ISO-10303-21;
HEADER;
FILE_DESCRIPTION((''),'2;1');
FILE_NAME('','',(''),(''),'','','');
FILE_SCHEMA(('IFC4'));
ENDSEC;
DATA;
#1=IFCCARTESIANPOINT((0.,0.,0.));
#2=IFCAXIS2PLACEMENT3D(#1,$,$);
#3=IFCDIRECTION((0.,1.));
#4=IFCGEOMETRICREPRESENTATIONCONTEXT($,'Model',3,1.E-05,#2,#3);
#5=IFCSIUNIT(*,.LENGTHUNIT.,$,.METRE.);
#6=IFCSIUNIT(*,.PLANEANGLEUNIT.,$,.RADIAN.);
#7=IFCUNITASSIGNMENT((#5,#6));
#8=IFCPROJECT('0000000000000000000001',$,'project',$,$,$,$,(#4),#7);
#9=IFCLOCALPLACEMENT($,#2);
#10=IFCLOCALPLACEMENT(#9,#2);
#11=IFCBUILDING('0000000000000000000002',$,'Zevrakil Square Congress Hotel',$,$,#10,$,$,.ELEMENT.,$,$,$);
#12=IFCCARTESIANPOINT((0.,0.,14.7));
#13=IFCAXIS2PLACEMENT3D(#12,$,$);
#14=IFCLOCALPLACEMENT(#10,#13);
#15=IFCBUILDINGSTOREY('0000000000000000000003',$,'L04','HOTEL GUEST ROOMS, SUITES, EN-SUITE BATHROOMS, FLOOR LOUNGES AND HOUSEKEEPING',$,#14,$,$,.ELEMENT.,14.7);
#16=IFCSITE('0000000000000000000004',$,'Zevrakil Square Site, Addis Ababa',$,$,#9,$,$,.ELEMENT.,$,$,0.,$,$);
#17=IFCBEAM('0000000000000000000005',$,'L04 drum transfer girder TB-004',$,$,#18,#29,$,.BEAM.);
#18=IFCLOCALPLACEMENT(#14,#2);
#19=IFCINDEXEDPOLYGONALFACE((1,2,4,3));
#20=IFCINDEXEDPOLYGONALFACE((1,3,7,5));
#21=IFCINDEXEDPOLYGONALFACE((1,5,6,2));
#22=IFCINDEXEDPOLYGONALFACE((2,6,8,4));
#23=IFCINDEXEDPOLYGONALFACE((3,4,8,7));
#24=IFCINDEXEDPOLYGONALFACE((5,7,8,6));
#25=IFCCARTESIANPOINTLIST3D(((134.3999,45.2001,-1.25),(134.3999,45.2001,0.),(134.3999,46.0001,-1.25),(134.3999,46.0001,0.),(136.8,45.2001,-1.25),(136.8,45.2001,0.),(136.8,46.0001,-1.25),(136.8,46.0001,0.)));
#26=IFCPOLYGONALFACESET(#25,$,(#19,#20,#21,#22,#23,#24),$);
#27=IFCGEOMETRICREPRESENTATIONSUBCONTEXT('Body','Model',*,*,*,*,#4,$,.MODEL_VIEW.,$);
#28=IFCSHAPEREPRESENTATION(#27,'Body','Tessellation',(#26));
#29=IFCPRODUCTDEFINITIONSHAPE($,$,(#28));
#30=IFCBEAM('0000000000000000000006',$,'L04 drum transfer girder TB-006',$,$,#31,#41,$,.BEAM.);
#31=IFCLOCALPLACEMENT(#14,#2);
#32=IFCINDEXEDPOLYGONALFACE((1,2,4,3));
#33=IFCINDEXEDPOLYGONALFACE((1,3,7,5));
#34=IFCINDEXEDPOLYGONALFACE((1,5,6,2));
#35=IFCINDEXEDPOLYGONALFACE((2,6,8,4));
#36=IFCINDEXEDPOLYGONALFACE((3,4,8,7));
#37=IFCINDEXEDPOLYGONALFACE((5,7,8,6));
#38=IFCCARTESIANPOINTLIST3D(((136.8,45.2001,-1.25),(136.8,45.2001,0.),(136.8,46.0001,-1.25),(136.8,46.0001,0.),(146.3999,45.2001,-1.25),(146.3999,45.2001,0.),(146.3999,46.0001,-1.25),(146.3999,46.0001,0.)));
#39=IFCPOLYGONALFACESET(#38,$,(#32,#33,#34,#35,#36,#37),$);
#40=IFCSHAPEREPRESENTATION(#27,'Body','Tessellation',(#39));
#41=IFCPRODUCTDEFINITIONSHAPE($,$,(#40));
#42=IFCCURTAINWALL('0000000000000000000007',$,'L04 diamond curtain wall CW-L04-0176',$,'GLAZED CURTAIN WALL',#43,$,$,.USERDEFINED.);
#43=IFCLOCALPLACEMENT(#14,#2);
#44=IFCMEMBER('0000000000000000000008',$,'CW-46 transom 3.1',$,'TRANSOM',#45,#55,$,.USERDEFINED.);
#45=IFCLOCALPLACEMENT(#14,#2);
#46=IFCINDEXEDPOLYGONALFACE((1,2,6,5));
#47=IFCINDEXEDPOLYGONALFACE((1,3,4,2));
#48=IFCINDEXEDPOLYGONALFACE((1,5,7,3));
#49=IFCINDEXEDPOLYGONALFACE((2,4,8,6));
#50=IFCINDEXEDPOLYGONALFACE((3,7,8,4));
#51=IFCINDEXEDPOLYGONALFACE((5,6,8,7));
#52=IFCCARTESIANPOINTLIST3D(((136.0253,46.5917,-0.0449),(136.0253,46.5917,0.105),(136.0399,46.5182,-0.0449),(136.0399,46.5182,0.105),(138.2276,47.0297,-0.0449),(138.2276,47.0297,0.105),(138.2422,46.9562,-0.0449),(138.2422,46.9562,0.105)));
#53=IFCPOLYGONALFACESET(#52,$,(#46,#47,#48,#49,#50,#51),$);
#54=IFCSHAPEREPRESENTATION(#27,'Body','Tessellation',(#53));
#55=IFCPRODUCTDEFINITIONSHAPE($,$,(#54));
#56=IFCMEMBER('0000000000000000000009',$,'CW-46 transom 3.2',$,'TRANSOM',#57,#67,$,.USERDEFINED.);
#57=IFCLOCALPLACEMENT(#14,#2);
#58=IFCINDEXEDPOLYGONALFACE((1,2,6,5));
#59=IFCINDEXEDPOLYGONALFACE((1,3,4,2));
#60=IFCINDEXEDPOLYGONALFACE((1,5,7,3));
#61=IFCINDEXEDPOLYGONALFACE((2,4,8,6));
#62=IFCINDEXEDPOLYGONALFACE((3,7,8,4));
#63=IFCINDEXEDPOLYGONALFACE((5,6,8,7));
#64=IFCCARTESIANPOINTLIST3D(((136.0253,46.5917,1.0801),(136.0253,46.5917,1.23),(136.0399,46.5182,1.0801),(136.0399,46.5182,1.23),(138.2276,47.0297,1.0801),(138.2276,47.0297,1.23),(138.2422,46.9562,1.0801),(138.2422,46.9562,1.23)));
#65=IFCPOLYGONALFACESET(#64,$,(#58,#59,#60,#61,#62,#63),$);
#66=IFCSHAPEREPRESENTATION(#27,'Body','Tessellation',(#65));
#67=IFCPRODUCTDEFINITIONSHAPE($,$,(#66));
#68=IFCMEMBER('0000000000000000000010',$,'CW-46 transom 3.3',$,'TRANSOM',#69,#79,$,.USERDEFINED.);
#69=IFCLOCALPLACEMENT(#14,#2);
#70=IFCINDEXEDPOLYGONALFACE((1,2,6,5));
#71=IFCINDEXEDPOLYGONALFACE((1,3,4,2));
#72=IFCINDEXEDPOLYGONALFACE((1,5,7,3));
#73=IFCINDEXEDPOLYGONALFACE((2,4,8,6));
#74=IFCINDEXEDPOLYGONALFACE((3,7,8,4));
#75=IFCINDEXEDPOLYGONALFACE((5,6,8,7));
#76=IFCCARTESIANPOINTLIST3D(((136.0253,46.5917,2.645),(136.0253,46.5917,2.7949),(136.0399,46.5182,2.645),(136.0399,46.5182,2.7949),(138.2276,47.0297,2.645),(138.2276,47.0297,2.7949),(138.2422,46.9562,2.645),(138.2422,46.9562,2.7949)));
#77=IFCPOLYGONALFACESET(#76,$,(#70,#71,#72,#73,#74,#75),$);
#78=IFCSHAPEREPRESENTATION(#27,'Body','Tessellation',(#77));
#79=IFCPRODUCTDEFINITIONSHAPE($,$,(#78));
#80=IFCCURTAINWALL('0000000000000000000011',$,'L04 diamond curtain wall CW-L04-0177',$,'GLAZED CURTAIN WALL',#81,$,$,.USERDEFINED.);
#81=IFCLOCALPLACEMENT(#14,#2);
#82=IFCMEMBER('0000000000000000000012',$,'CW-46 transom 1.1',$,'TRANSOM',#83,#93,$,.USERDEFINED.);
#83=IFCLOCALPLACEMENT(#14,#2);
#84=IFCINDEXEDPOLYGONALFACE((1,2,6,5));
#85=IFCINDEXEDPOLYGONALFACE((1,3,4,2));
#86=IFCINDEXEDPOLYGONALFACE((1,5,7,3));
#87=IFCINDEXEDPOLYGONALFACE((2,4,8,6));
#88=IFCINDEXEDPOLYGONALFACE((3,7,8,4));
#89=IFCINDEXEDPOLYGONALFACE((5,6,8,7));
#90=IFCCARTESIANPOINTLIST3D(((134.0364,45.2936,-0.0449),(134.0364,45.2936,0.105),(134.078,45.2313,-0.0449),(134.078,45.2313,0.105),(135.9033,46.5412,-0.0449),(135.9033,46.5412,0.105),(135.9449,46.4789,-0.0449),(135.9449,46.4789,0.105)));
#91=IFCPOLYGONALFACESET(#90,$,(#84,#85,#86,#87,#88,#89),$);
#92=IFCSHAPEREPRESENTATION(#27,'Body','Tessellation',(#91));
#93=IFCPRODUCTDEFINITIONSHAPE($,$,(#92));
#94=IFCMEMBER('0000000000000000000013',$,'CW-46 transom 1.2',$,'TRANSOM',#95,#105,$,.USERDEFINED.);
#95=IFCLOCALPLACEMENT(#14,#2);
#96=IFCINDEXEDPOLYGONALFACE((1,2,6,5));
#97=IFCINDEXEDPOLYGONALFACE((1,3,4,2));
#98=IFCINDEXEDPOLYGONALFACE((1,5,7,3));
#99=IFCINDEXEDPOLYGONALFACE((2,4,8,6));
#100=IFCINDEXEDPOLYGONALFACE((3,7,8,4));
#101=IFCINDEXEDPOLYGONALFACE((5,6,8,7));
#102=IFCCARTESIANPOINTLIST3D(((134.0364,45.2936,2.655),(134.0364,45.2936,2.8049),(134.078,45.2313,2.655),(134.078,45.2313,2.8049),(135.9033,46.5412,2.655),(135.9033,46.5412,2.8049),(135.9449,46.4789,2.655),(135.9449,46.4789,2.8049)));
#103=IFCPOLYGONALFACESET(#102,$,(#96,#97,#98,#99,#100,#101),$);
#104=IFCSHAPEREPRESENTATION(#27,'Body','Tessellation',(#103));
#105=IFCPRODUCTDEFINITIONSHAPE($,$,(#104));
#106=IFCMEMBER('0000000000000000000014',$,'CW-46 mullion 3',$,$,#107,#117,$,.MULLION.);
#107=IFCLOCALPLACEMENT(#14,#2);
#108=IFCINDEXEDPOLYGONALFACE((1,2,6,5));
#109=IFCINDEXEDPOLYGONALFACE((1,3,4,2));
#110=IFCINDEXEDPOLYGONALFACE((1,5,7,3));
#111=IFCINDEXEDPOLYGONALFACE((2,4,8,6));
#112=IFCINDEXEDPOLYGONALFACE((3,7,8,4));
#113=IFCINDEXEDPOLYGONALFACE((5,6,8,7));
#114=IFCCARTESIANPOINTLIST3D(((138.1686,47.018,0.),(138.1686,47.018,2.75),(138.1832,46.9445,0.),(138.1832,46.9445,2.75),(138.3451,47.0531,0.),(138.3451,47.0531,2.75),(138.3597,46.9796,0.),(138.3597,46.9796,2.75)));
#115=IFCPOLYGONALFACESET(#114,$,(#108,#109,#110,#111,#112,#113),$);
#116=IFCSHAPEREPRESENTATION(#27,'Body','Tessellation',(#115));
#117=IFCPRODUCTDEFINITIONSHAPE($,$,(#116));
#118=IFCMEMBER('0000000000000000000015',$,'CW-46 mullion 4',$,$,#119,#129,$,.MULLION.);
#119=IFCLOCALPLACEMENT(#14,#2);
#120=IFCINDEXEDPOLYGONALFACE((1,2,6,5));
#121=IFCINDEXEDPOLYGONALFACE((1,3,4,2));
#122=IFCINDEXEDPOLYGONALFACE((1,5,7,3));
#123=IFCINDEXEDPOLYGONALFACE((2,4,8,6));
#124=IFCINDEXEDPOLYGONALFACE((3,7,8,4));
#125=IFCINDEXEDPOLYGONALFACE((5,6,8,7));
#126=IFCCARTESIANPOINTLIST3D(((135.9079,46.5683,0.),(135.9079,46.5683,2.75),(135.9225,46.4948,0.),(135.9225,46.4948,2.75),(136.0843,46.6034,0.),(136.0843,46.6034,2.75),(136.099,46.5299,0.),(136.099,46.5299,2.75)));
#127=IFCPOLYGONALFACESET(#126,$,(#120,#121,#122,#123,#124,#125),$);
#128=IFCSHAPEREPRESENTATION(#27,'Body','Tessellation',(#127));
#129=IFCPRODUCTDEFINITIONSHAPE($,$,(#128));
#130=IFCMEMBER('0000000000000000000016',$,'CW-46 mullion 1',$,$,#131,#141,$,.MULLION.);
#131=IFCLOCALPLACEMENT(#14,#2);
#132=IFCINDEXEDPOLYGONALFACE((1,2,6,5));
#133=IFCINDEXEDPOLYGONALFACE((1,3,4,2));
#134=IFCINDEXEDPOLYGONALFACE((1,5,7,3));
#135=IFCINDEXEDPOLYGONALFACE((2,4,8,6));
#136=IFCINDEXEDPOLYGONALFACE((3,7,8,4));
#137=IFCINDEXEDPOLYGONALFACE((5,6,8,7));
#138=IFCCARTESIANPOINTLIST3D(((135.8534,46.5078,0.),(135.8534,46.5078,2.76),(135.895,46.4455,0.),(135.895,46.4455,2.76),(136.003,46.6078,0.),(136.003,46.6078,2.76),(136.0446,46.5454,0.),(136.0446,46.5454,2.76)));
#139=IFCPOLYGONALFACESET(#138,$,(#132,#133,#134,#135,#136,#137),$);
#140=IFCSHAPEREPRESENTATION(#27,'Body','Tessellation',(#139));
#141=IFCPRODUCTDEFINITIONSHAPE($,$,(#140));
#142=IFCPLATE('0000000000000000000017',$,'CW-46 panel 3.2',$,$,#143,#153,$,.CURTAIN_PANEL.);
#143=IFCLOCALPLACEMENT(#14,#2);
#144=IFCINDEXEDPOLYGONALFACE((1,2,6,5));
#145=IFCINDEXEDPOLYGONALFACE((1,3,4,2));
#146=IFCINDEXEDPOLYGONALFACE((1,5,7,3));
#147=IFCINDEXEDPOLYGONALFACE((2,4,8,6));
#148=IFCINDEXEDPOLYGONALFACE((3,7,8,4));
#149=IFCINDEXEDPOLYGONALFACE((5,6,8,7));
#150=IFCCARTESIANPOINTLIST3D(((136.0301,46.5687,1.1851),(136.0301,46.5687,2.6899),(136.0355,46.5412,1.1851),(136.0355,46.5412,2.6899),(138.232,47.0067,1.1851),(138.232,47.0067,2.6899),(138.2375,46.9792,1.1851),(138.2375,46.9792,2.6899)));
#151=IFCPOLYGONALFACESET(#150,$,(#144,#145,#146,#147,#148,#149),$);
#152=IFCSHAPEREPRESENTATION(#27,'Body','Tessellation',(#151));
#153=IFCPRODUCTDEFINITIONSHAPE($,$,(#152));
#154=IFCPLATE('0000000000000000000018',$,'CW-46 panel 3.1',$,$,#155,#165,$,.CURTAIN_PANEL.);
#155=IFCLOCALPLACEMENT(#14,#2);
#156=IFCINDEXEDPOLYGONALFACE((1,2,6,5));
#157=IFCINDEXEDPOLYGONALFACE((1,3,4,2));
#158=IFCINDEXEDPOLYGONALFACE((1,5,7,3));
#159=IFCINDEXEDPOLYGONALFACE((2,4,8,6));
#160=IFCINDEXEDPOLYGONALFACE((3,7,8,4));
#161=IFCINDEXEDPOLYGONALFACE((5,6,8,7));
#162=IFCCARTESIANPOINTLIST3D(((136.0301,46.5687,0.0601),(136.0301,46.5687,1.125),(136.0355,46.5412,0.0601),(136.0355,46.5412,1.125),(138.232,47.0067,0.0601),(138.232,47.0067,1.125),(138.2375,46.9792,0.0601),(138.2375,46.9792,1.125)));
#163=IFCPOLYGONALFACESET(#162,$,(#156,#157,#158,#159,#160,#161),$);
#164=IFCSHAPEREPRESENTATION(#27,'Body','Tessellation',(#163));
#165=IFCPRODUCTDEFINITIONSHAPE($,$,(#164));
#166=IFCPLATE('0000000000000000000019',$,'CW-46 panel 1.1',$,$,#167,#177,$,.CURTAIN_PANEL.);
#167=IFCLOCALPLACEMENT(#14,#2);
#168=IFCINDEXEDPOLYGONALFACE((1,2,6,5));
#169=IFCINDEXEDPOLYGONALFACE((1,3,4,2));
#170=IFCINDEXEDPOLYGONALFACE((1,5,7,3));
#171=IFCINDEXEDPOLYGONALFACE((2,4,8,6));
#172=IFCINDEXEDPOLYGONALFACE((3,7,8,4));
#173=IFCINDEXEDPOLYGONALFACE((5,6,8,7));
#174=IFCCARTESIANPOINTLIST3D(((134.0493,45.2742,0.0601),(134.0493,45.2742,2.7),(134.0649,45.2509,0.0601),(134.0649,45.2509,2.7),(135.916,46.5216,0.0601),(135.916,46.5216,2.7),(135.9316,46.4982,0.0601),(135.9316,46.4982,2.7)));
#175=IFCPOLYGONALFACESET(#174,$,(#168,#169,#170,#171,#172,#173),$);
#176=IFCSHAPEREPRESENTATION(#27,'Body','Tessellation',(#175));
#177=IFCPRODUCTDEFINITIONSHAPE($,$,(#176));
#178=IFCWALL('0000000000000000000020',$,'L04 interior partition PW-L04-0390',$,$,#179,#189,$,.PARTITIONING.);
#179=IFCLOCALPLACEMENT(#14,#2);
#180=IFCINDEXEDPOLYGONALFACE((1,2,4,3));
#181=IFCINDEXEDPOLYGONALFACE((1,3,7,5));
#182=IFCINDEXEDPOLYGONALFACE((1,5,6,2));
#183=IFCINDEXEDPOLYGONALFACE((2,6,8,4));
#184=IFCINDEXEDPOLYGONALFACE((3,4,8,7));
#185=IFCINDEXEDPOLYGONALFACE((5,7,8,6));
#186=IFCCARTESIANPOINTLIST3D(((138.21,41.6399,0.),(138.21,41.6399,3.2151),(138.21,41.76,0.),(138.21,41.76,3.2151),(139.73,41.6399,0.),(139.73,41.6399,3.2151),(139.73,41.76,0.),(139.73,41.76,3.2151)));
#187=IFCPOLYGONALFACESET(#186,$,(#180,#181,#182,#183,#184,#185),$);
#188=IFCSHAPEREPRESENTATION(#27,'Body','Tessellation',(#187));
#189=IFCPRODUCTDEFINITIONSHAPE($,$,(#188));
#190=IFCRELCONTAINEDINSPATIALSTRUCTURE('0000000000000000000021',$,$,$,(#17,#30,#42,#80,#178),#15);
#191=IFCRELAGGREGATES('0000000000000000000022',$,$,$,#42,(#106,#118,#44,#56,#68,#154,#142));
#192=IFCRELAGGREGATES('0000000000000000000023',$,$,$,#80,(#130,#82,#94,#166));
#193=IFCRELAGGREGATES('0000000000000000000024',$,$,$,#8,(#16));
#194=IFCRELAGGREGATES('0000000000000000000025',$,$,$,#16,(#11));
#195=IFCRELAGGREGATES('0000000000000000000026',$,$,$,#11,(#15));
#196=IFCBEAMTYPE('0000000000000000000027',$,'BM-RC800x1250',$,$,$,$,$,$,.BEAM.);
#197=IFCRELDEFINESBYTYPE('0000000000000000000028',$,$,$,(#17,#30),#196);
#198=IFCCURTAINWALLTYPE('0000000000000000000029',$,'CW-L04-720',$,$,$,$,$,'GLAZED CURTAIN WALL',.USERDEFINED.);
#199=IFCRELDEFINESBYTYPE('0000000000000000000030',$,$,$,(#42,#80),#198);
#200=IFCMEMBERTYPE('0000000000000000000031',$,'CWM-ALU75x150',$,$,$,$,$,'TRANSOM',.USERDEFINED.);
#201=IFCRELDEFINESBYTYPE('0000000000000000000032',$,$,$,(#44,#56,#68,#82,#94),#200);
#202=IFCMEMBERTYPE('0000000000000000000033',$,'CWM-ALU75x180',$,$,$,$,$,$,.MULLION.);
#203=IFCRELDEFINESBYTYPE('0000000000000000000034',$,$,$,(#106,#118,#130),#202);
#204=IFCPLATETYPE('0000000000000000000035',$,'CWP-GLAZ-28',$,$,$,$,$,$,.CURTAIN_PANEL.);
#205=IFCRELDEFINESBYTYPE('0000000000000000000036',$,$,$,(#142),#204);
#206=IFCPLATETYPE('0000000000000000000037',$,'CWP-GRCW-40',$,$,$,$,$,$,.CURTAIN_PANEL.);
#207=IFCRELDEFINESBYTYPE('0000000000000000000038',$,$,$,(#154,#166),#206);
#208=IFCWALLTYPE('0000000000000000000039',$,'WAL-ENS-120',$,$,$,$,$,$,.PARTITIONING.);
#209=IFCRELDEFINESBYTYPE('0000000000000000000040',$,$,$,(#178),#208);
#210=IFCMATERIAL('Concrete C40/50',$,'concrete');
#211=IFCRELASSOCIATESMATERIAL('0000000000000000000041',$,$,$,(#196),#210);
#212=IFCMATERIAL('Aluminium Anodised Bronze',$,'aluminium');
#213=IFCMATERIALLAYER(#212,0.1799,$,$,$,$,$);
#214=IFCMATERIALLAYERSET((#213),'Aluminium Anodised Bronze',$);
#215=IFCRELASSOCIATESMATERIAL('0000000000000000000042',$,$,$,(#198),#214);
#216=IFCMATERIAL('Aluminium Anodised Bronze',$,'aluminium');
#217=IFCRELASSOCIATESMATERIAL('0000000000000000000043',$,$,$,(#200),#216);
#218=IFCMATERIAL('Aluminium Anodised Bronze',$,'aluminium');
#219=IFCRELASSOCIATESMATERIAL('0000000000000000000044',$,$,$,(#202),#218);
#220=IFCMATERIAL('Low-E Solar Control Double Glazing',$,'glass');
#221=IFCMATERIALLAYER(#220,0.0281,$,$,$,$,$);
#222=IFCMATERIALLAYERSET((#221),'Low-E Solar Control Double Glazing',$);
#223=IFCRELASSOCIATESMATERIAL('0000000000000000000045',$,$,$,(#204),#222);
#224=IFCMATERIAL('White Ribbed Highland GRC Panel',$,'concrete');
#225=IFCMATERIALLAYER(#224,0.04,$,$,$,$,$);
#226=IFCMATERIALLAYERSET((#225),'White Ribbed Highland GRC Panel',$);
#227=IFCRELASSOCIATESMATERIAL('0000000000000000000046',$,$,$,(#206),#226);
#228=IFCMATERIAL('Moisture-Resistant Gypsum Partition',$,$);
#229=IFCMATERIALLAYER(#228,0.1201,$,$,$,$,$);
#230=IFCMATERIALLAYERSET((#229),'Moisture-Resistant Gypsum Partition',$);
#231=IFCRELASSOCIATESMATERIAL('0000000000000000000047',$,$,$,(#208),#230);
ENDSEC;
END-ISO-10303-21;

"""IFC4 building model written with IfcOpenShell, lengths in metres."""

from ifc_helpers import new_model, si_unit, direction, frame, frame_2d, origin, origin_2d, place, context, subcontext, project, spatial, rectangle, extrude, material, layer, layer_set, material_profile, profile_set, type_object, element, aggregate, save


model = new_model("IFC4")

# Units and contexts
model_context = context("Model", 3, precision=1e-05, world=origin(), true_north=direction((0.0, 1.0)))
body_context = subcontext(model_context, "Body", "Model", "MODEL_VIEW")
ifc_project = project(units=[si_unit("LENGTHUNIT", "METRE"), si_unit("PLANEANGLEUNIT", "RADIAN")], contexts=[model_context])

# Site, building, storey
site_placement = place(None, origin())
site = spatial("IfcSite", under=ifc_project, at=site_placement, Name="Zevrakil Square Site, Addis Ababa", CompositionType="ELEMENT", RefElevation=0.0)
building_placement = place(site_placement, origin())
building = spatial("IfcBuilding", under=site, at=building_placement, Name="Zevrakil Square Congress Hotel", CompositionType="ELEMENT")
storey_placement = place(building_placement, frame((0.0, 0.0, 14.7)))
storey = spatial("IfcBuildingStorey", under=building, at=storey_placement, Name="L04", Description="HOTEL GUEST ROOMS, SUITES, EN-SUITE BATHROOMS, FLOOR LOUNGES AND HOUSEKEEPING", CompositionType="ELEMENT", Elevation=14.7)

# Beams
ifc_material_1 = material(Name="Concrete C40/50", Category="concrete")
ifc_material_profile_1 = material_profile(ifc_material_1, rectangle(XDim=0.8, YDim=1.25, at=origin_2d()), Name="RC 800x1250")
ifc_profile_set_1 = profile_set([ifc_material_profile_1], Name="Concrete C40/50")
beam_type = type_object("IfcBeamType", Name="BM-RC800x1250", PredefinedType="BEAM", material=ifc_profile_set_1)
beam_1_placement = place(storey_placement, frame((134.3999, 45.6001, -0.625), z_axis=(1.0, 0.0, 0.0), x_axis=(0.0, 1.0, 0.0)))
element("IfcBeam", 1, at=beam_1_placement, inside=storey, type_object=beam_type, Name="L04 drum transfer girder TB-004", PredefinedType="BEAM", context=body_context, shape_type="SweptSolid", body=[
    extrude(rectangle(XDim=0.8, YDim=1.25, at=origin_2d()), origin(), (0.0, 0.0, 1.0), 2.4001),
])
beam_2_placement = place(storey_placement, frame((136.8, 45.6001, -0.625), z_axis=(1.0, 0.0, 0.0), x_axis=(0.0, 1.0, 0.0)))
element("IfcBeam", 2, at=beam_2_placement, inside=storey, type_object=beam_type, Name="L04 drum transfer girder TB-006", PredefinedType="BEAM", context=body_context, shape_type="SweptSolid", body=[
    extrude(rectangle(XDim=0.8, YDim=1.25, at=origin_2d()), origin(), (0.0, 0.0, 1.0), 9.5999),
])

# Curtain walls, members
ifc_material_2 = material(Name="Aluminium Anodised Bronze", Category="aluminium")
ifc_layer_1 = layer(ifc_material_2, 0.1799)
ifc_layer_set_1 = layer_set([ifc_layer_1], Name="Aluminium Anodised Bronze")
curtain_wall_type = type_object("IfcCurtainWallType", Name="CW-L04-720", ElementType="GLAZED CURTAIN WALL", PredefinedType="USERDEFINED", material=ifc_layer_set_1)
curtain_wall_1_placement = place(storey_placement, origin())
curtain_wall_1 = element("IfcCurtainWall", 3, at=curtain_wall_1_placement, inside=storey, type_object=curtain_wall_type, Name="L04 diamond curtain wall CW-L04-0176", ObjectType="GLAZED CURTAIN WALL", PredefinedType="USERDEFINED")
ifc_material_3 = material(Name="Aluminium Anodised Bronze", Category="aluminium")
ifc_material_profile_2 = material_profile(ifc_material_3, rectangle(XDim=0.075, YDim=0.1499, at=origin_2d()), Name="ALU 75x150")
ifc_profile_set_2 = profile_set([ifc_material_profile_2], Name="Aluminium Anodised Bronze")
member_type_1 = type_object("IfcMemberType", Name="CWM-ALU75x150", ElementType="TRANSOM", PredefinedType="USERDEFINED", material=ifc_profile_set_2)
member_1_placement = place(storey_placement, frame((138.2349, 46.9929, 0.03), z_axis=(-0.980789, -0.19507, 0.0), x_axis=(0.19507, -0.980789, 0.0)))
member_1 = element("IfcMember", 4, at=member_1_placement, type_object=member_type_1, Name="CW-46 transom 3.1", ObjectType="TRANSOM", PredefinedType="USERDEFINED", context=body_context, shape_type="SweptSolid", body=[
    extrude(rectangle(XDim=0.075, YDim=0.1499, at=origin_2d()), origin(), (0.0, 0.0, 1.0), 2.2454),
])
member_2_placement = place(storey_placement, frame((138.2349, 46.9929, 1.155), z_axis=(-0.980789, -0.19507, 0.0), x_axis=(0.19507, -0.980789, 0.0)))
member_2 = element("IfcMember", 5, at=member_2_placement, type_object=member_type_1, Name="CW-46 transom 3.2", ObjectType="TRANSOM", PredefinedType="USERDEFINED", context=body_context, shape_type="SweptSolid", body=[
    extrude(rectangle(XDim=0.075, YDim=0.1499, at=origin_2d()), origin(), (0.0, 0.0, 1.0), 2.2454),
])
member_3_placement = place(storey_placement, frame((138.2349, 46.9929, 2.72), z_axis=(-0.980789, -0.19507, 0.0), x_axis=(0.19507, -0.980789, 0.0)))
member_3 = element("IfcMember", 6, at=member_3_placement, type_object=member_type_1, Name="CW-46 transom 3.3", ObjectType="TRANSOM", PredefinedType="USERDEFINED", context=body_context, shape_type="SweptSolid", body=[
    extrude(rectangle(XDim=0.075, YDim=0.1499, at=origin_2d()), origin(), (0.0, 0.0, 1.0), 2.2454),
])
curtain_wall_2_placement = place(storey_placement, origin())
curtain_wall_2 = element("IfcCurtainWall", 7, at=curtain_wall_2_placement, inside=storey, type_object=curtain_wall_type, Name="L04 diamond curtain wall CW-L04-0177", ObjectType="GLAZED CURTAIN WALL", PredefinedType="USERDEFINED")
member_4_placement = place(storey_placement, frame((135.9241, 46.51, 0.03), z_axis=(-0.831448, -0.555603, 0.0), x_axis=(0.555603, -0.831448, 0.0)))
member_4 = element("IfcMember", 8, at=member_4_placement, type_object=member_type_1, Name="CW-46 transom 1.1", ObjectType="TRANSOM", PredefinedType="USERDEFINED", context=body_context, shape_type="SweptSolid", body=[
    extrude(rectangle(XDim=0.075, YDim=0.1499, at=origin_2d()), origin(), (0.0, 0.0, 1.0), 2.2454),
])
member_5_placement = place(storey_placement, frame((135.9241, 46.51, 2.73), z_axis=(-0.831448, -0.555603, 0.0), x_axis=(0.555603, -0.831448, 0.0)))
member_5 = element("IfcMember", 9, at=member_5_placement, type_object=member_type_1, Name="CW-46 transom 1.2", ObjectType="TRANSOM", PredefinedType="USERDEFINED", context=body_context, shape_type="SweptSolid", body=[
    extrude(rectangle(XDim=0.075, YDim=0.1499, at=origin_2d()), origin(), (0.0, 0.0, 1.0), 2.2454),
])

# Members
ifc_material_4 = material(Name="Aluminium Anodised Bronze", Category="aluminium")
ifc_material_profile_3 = material_profile(ifc_material_4, rectangle(XDim=0.075, YDim=0.1799, at=origin_2d()), Name="ALU 75x180")
ifc_profile_set_3 = profile_set([ifc_material_profile_3], Name="Aluminium Anodised Bronze")
member_type_2 = type_object("IfcMemberType", Name="CWM-ALU75x180", PredefinedType="MULLION", material=ifc_profile_set_3)
member_6_placement = place(storey_placement, frame((138.2642, 46.9988, 0.0), z_axis=(0.0, 0.0, 1.0), x_axis=(0.195084, -0.980787, 0.0)))
member_6 = element("IfcMember", 10, at=member_6_placement, type_object=member_type_2, Name="CW-46 mullion 3", PredefinedType="MULLION", context=body_context, shape_type="SweptSolid", body=[
    extrude(rectangle(XDim=0.075, YDim=0.1799, at=origin_2d()), origin(), (0.0, 0.0, 1.0), 2.75),
])
member_7_placement = place(storey_placement, frame((136.0034, 46.5491, 0.0), z_axis=(0.0, 0.0, 1.0), x_axis=(0.195084, -0.980787, 0.0)))
member_7 = element("IfcMember", 11, at=member_7_placement, type_object=member_type_2, Name="CW-46 mullion 4", PredefinedType="MULLION", context=body_context, shape_type="SweptSolid", body=[
    extrude(rectangle(XDim=0.075, YDim=0.1799, at=origin_2d()), origin(), (0.0, 0.0, 1.0), 2.75),
])
member_8_placement = place(storey_placement, frame((135.949, 46.5266, 0.0), z_axis=(0.0, 0.0, 1.0), x_axis=(0.555576, -0.831466, 0.0)))
member_8 = element("IfcMember", 12, at=member_8_placement, type_object=member_type_2, Name="CW-46 mullion 1", PredefinedType="MULLION", context=body_context, shape_type="SweptSolid", body=[
    extrude(rectangle(XDim=0.075, YDim=0.1799, at=origin_2d()), origin(), (0.0, 0.0, 1.0), 2.76),
])

# Plates
ifc_material_5 = material(Name="Low-E Solar Control Double Glazing", Category="glass")
ifc_layer_2 = layer(ifc_material_5, 0.0281)
ifc_layer_set_2 = layer_set([ifc_layer_2], Name="Low-E Solar Control Double Glazing")
plate_type_1 = type_object("IfcPlateType", Name="CWP-GLAZ-28", PredefinedType="CURTAIN_PANEL", material=ifc_layer_set_2)
plate_1_placement = place(storey_placement, frame((137.1338, 46.7739, 1.1851), z_axis=(0.0, 0.0, 1.0), x_axis=(-0.980787, -0.195084, 0.0)))
plate_1 = element("IfcPlate", 13, at=plate_1_placement, type_object=plate_type_1, Name="CW-46 panel 3.2", PredefinedType="CURTAIN_PANEL", context=body_context, shape_type="SweptSolid", body=[
    extrude(rectangle(XDim=2.2451, YDim=0.0281, at=origin_2d()), origin(), (0.0, 0.0, 1.0), 1.5049),
])
ifc_material_6 = material(Name="White Ribbed Highland GRC Panel", Category="concrete")
ifc_layer_3 = layer(ifc_material_6, 0.04)
ifc_layer_set_3 = layer_set([ifc_layer_3], Name="White Ribbed Highland GRC Panel")
plate_type_2 = type_object("IfcPlateType", Name="CWP-GRCW-40", PredefinedType="CURTAIN_PANEL", material=ifc_layer_set_3)
plate_2_placement = place(storey_placement, frame((137.1338, 46.7739, 0.0601), z_axis=(0.0, 0.0, 1.0), x_axis=(-0.980787, -0.195084, 0.0)))
plate_2 = element("IfcPlate", 14, at=plate_2_placement, type_object=plate_type_2, Name="CW-46 panel 3.1", PredefinedType="CURTAIN_PANEL", context=body_context, shape_type="SweptSolid", body=[
    extrude(rectangle(XDim=2.2451, YDim=0.0281, at=origin_2d()), origin(), (0.0, 0.0, 1.0), 1.0649),
])
aggregate(curtain_wall_1, [member_6, member_7, member_1, member_2, member_3, plate_2, plate_1])
plate_3_placement = place(storey_placement, frame((134.9905, 45.8862, 0.0601), z_axis=(0.0, 0.0, 1.0), x_axis=(-0.831466, -0.555576, 0.0)))
plate_3 = element("IfcPlate", 15, at=plate_3_placement, type_object=plate_type_2, Name="CW-46 panel 1.1", PredefinedType="CURTAIN_PANEL", context=body_context, shape_type="SweptSolid", body=[
    extrude(rectangle(XDim=2.2451, YDim=0.0281, at=origin_2d()), origin(), (0.0, 0.0, 1.0), 2.6399),
])
aggregate(curtain_wall_2, [member_8, member_4, member_5, plate_3])

# Wall
ifc_material_7 = material(Name="Moisture-Resistant Gypsum Partition")
ifc_layer_4 = layer(ifc_material_7, 0.1201)
ifc_layer_set_4 = layer_set([ifc_layer_4], Name="Moisture-Resistant Gypsum Partition")
wall_type = type_object("IfcWallType", Name="WAL-ENS-120", PredefinedType="PARTITIONING", material=ifc_layer_set_4)
wall_1_placement = place(storey_placement, frame((138.21, 41.7, 0.0), z_axis=(0.0, 0.0, 1.0), x_axis=(1.0, 0.0, 0.0)))
element("IfcWall", 16, at=wall_1_placement, inside=storey, type_object=wall_type, Name="L04 interior partition PW-L04-0390", PredefinedType="PARTITIONING", context=body_context, shape_type="SweptSolid", body=[
    extrude(rectangle(XDim=1.52, YDim=0.1201, at=frame_2d((0.76, 0.0))), origin(), (0.0, 0.0, 1.0), 3.2151),
])

save(model, "model.ifc")
